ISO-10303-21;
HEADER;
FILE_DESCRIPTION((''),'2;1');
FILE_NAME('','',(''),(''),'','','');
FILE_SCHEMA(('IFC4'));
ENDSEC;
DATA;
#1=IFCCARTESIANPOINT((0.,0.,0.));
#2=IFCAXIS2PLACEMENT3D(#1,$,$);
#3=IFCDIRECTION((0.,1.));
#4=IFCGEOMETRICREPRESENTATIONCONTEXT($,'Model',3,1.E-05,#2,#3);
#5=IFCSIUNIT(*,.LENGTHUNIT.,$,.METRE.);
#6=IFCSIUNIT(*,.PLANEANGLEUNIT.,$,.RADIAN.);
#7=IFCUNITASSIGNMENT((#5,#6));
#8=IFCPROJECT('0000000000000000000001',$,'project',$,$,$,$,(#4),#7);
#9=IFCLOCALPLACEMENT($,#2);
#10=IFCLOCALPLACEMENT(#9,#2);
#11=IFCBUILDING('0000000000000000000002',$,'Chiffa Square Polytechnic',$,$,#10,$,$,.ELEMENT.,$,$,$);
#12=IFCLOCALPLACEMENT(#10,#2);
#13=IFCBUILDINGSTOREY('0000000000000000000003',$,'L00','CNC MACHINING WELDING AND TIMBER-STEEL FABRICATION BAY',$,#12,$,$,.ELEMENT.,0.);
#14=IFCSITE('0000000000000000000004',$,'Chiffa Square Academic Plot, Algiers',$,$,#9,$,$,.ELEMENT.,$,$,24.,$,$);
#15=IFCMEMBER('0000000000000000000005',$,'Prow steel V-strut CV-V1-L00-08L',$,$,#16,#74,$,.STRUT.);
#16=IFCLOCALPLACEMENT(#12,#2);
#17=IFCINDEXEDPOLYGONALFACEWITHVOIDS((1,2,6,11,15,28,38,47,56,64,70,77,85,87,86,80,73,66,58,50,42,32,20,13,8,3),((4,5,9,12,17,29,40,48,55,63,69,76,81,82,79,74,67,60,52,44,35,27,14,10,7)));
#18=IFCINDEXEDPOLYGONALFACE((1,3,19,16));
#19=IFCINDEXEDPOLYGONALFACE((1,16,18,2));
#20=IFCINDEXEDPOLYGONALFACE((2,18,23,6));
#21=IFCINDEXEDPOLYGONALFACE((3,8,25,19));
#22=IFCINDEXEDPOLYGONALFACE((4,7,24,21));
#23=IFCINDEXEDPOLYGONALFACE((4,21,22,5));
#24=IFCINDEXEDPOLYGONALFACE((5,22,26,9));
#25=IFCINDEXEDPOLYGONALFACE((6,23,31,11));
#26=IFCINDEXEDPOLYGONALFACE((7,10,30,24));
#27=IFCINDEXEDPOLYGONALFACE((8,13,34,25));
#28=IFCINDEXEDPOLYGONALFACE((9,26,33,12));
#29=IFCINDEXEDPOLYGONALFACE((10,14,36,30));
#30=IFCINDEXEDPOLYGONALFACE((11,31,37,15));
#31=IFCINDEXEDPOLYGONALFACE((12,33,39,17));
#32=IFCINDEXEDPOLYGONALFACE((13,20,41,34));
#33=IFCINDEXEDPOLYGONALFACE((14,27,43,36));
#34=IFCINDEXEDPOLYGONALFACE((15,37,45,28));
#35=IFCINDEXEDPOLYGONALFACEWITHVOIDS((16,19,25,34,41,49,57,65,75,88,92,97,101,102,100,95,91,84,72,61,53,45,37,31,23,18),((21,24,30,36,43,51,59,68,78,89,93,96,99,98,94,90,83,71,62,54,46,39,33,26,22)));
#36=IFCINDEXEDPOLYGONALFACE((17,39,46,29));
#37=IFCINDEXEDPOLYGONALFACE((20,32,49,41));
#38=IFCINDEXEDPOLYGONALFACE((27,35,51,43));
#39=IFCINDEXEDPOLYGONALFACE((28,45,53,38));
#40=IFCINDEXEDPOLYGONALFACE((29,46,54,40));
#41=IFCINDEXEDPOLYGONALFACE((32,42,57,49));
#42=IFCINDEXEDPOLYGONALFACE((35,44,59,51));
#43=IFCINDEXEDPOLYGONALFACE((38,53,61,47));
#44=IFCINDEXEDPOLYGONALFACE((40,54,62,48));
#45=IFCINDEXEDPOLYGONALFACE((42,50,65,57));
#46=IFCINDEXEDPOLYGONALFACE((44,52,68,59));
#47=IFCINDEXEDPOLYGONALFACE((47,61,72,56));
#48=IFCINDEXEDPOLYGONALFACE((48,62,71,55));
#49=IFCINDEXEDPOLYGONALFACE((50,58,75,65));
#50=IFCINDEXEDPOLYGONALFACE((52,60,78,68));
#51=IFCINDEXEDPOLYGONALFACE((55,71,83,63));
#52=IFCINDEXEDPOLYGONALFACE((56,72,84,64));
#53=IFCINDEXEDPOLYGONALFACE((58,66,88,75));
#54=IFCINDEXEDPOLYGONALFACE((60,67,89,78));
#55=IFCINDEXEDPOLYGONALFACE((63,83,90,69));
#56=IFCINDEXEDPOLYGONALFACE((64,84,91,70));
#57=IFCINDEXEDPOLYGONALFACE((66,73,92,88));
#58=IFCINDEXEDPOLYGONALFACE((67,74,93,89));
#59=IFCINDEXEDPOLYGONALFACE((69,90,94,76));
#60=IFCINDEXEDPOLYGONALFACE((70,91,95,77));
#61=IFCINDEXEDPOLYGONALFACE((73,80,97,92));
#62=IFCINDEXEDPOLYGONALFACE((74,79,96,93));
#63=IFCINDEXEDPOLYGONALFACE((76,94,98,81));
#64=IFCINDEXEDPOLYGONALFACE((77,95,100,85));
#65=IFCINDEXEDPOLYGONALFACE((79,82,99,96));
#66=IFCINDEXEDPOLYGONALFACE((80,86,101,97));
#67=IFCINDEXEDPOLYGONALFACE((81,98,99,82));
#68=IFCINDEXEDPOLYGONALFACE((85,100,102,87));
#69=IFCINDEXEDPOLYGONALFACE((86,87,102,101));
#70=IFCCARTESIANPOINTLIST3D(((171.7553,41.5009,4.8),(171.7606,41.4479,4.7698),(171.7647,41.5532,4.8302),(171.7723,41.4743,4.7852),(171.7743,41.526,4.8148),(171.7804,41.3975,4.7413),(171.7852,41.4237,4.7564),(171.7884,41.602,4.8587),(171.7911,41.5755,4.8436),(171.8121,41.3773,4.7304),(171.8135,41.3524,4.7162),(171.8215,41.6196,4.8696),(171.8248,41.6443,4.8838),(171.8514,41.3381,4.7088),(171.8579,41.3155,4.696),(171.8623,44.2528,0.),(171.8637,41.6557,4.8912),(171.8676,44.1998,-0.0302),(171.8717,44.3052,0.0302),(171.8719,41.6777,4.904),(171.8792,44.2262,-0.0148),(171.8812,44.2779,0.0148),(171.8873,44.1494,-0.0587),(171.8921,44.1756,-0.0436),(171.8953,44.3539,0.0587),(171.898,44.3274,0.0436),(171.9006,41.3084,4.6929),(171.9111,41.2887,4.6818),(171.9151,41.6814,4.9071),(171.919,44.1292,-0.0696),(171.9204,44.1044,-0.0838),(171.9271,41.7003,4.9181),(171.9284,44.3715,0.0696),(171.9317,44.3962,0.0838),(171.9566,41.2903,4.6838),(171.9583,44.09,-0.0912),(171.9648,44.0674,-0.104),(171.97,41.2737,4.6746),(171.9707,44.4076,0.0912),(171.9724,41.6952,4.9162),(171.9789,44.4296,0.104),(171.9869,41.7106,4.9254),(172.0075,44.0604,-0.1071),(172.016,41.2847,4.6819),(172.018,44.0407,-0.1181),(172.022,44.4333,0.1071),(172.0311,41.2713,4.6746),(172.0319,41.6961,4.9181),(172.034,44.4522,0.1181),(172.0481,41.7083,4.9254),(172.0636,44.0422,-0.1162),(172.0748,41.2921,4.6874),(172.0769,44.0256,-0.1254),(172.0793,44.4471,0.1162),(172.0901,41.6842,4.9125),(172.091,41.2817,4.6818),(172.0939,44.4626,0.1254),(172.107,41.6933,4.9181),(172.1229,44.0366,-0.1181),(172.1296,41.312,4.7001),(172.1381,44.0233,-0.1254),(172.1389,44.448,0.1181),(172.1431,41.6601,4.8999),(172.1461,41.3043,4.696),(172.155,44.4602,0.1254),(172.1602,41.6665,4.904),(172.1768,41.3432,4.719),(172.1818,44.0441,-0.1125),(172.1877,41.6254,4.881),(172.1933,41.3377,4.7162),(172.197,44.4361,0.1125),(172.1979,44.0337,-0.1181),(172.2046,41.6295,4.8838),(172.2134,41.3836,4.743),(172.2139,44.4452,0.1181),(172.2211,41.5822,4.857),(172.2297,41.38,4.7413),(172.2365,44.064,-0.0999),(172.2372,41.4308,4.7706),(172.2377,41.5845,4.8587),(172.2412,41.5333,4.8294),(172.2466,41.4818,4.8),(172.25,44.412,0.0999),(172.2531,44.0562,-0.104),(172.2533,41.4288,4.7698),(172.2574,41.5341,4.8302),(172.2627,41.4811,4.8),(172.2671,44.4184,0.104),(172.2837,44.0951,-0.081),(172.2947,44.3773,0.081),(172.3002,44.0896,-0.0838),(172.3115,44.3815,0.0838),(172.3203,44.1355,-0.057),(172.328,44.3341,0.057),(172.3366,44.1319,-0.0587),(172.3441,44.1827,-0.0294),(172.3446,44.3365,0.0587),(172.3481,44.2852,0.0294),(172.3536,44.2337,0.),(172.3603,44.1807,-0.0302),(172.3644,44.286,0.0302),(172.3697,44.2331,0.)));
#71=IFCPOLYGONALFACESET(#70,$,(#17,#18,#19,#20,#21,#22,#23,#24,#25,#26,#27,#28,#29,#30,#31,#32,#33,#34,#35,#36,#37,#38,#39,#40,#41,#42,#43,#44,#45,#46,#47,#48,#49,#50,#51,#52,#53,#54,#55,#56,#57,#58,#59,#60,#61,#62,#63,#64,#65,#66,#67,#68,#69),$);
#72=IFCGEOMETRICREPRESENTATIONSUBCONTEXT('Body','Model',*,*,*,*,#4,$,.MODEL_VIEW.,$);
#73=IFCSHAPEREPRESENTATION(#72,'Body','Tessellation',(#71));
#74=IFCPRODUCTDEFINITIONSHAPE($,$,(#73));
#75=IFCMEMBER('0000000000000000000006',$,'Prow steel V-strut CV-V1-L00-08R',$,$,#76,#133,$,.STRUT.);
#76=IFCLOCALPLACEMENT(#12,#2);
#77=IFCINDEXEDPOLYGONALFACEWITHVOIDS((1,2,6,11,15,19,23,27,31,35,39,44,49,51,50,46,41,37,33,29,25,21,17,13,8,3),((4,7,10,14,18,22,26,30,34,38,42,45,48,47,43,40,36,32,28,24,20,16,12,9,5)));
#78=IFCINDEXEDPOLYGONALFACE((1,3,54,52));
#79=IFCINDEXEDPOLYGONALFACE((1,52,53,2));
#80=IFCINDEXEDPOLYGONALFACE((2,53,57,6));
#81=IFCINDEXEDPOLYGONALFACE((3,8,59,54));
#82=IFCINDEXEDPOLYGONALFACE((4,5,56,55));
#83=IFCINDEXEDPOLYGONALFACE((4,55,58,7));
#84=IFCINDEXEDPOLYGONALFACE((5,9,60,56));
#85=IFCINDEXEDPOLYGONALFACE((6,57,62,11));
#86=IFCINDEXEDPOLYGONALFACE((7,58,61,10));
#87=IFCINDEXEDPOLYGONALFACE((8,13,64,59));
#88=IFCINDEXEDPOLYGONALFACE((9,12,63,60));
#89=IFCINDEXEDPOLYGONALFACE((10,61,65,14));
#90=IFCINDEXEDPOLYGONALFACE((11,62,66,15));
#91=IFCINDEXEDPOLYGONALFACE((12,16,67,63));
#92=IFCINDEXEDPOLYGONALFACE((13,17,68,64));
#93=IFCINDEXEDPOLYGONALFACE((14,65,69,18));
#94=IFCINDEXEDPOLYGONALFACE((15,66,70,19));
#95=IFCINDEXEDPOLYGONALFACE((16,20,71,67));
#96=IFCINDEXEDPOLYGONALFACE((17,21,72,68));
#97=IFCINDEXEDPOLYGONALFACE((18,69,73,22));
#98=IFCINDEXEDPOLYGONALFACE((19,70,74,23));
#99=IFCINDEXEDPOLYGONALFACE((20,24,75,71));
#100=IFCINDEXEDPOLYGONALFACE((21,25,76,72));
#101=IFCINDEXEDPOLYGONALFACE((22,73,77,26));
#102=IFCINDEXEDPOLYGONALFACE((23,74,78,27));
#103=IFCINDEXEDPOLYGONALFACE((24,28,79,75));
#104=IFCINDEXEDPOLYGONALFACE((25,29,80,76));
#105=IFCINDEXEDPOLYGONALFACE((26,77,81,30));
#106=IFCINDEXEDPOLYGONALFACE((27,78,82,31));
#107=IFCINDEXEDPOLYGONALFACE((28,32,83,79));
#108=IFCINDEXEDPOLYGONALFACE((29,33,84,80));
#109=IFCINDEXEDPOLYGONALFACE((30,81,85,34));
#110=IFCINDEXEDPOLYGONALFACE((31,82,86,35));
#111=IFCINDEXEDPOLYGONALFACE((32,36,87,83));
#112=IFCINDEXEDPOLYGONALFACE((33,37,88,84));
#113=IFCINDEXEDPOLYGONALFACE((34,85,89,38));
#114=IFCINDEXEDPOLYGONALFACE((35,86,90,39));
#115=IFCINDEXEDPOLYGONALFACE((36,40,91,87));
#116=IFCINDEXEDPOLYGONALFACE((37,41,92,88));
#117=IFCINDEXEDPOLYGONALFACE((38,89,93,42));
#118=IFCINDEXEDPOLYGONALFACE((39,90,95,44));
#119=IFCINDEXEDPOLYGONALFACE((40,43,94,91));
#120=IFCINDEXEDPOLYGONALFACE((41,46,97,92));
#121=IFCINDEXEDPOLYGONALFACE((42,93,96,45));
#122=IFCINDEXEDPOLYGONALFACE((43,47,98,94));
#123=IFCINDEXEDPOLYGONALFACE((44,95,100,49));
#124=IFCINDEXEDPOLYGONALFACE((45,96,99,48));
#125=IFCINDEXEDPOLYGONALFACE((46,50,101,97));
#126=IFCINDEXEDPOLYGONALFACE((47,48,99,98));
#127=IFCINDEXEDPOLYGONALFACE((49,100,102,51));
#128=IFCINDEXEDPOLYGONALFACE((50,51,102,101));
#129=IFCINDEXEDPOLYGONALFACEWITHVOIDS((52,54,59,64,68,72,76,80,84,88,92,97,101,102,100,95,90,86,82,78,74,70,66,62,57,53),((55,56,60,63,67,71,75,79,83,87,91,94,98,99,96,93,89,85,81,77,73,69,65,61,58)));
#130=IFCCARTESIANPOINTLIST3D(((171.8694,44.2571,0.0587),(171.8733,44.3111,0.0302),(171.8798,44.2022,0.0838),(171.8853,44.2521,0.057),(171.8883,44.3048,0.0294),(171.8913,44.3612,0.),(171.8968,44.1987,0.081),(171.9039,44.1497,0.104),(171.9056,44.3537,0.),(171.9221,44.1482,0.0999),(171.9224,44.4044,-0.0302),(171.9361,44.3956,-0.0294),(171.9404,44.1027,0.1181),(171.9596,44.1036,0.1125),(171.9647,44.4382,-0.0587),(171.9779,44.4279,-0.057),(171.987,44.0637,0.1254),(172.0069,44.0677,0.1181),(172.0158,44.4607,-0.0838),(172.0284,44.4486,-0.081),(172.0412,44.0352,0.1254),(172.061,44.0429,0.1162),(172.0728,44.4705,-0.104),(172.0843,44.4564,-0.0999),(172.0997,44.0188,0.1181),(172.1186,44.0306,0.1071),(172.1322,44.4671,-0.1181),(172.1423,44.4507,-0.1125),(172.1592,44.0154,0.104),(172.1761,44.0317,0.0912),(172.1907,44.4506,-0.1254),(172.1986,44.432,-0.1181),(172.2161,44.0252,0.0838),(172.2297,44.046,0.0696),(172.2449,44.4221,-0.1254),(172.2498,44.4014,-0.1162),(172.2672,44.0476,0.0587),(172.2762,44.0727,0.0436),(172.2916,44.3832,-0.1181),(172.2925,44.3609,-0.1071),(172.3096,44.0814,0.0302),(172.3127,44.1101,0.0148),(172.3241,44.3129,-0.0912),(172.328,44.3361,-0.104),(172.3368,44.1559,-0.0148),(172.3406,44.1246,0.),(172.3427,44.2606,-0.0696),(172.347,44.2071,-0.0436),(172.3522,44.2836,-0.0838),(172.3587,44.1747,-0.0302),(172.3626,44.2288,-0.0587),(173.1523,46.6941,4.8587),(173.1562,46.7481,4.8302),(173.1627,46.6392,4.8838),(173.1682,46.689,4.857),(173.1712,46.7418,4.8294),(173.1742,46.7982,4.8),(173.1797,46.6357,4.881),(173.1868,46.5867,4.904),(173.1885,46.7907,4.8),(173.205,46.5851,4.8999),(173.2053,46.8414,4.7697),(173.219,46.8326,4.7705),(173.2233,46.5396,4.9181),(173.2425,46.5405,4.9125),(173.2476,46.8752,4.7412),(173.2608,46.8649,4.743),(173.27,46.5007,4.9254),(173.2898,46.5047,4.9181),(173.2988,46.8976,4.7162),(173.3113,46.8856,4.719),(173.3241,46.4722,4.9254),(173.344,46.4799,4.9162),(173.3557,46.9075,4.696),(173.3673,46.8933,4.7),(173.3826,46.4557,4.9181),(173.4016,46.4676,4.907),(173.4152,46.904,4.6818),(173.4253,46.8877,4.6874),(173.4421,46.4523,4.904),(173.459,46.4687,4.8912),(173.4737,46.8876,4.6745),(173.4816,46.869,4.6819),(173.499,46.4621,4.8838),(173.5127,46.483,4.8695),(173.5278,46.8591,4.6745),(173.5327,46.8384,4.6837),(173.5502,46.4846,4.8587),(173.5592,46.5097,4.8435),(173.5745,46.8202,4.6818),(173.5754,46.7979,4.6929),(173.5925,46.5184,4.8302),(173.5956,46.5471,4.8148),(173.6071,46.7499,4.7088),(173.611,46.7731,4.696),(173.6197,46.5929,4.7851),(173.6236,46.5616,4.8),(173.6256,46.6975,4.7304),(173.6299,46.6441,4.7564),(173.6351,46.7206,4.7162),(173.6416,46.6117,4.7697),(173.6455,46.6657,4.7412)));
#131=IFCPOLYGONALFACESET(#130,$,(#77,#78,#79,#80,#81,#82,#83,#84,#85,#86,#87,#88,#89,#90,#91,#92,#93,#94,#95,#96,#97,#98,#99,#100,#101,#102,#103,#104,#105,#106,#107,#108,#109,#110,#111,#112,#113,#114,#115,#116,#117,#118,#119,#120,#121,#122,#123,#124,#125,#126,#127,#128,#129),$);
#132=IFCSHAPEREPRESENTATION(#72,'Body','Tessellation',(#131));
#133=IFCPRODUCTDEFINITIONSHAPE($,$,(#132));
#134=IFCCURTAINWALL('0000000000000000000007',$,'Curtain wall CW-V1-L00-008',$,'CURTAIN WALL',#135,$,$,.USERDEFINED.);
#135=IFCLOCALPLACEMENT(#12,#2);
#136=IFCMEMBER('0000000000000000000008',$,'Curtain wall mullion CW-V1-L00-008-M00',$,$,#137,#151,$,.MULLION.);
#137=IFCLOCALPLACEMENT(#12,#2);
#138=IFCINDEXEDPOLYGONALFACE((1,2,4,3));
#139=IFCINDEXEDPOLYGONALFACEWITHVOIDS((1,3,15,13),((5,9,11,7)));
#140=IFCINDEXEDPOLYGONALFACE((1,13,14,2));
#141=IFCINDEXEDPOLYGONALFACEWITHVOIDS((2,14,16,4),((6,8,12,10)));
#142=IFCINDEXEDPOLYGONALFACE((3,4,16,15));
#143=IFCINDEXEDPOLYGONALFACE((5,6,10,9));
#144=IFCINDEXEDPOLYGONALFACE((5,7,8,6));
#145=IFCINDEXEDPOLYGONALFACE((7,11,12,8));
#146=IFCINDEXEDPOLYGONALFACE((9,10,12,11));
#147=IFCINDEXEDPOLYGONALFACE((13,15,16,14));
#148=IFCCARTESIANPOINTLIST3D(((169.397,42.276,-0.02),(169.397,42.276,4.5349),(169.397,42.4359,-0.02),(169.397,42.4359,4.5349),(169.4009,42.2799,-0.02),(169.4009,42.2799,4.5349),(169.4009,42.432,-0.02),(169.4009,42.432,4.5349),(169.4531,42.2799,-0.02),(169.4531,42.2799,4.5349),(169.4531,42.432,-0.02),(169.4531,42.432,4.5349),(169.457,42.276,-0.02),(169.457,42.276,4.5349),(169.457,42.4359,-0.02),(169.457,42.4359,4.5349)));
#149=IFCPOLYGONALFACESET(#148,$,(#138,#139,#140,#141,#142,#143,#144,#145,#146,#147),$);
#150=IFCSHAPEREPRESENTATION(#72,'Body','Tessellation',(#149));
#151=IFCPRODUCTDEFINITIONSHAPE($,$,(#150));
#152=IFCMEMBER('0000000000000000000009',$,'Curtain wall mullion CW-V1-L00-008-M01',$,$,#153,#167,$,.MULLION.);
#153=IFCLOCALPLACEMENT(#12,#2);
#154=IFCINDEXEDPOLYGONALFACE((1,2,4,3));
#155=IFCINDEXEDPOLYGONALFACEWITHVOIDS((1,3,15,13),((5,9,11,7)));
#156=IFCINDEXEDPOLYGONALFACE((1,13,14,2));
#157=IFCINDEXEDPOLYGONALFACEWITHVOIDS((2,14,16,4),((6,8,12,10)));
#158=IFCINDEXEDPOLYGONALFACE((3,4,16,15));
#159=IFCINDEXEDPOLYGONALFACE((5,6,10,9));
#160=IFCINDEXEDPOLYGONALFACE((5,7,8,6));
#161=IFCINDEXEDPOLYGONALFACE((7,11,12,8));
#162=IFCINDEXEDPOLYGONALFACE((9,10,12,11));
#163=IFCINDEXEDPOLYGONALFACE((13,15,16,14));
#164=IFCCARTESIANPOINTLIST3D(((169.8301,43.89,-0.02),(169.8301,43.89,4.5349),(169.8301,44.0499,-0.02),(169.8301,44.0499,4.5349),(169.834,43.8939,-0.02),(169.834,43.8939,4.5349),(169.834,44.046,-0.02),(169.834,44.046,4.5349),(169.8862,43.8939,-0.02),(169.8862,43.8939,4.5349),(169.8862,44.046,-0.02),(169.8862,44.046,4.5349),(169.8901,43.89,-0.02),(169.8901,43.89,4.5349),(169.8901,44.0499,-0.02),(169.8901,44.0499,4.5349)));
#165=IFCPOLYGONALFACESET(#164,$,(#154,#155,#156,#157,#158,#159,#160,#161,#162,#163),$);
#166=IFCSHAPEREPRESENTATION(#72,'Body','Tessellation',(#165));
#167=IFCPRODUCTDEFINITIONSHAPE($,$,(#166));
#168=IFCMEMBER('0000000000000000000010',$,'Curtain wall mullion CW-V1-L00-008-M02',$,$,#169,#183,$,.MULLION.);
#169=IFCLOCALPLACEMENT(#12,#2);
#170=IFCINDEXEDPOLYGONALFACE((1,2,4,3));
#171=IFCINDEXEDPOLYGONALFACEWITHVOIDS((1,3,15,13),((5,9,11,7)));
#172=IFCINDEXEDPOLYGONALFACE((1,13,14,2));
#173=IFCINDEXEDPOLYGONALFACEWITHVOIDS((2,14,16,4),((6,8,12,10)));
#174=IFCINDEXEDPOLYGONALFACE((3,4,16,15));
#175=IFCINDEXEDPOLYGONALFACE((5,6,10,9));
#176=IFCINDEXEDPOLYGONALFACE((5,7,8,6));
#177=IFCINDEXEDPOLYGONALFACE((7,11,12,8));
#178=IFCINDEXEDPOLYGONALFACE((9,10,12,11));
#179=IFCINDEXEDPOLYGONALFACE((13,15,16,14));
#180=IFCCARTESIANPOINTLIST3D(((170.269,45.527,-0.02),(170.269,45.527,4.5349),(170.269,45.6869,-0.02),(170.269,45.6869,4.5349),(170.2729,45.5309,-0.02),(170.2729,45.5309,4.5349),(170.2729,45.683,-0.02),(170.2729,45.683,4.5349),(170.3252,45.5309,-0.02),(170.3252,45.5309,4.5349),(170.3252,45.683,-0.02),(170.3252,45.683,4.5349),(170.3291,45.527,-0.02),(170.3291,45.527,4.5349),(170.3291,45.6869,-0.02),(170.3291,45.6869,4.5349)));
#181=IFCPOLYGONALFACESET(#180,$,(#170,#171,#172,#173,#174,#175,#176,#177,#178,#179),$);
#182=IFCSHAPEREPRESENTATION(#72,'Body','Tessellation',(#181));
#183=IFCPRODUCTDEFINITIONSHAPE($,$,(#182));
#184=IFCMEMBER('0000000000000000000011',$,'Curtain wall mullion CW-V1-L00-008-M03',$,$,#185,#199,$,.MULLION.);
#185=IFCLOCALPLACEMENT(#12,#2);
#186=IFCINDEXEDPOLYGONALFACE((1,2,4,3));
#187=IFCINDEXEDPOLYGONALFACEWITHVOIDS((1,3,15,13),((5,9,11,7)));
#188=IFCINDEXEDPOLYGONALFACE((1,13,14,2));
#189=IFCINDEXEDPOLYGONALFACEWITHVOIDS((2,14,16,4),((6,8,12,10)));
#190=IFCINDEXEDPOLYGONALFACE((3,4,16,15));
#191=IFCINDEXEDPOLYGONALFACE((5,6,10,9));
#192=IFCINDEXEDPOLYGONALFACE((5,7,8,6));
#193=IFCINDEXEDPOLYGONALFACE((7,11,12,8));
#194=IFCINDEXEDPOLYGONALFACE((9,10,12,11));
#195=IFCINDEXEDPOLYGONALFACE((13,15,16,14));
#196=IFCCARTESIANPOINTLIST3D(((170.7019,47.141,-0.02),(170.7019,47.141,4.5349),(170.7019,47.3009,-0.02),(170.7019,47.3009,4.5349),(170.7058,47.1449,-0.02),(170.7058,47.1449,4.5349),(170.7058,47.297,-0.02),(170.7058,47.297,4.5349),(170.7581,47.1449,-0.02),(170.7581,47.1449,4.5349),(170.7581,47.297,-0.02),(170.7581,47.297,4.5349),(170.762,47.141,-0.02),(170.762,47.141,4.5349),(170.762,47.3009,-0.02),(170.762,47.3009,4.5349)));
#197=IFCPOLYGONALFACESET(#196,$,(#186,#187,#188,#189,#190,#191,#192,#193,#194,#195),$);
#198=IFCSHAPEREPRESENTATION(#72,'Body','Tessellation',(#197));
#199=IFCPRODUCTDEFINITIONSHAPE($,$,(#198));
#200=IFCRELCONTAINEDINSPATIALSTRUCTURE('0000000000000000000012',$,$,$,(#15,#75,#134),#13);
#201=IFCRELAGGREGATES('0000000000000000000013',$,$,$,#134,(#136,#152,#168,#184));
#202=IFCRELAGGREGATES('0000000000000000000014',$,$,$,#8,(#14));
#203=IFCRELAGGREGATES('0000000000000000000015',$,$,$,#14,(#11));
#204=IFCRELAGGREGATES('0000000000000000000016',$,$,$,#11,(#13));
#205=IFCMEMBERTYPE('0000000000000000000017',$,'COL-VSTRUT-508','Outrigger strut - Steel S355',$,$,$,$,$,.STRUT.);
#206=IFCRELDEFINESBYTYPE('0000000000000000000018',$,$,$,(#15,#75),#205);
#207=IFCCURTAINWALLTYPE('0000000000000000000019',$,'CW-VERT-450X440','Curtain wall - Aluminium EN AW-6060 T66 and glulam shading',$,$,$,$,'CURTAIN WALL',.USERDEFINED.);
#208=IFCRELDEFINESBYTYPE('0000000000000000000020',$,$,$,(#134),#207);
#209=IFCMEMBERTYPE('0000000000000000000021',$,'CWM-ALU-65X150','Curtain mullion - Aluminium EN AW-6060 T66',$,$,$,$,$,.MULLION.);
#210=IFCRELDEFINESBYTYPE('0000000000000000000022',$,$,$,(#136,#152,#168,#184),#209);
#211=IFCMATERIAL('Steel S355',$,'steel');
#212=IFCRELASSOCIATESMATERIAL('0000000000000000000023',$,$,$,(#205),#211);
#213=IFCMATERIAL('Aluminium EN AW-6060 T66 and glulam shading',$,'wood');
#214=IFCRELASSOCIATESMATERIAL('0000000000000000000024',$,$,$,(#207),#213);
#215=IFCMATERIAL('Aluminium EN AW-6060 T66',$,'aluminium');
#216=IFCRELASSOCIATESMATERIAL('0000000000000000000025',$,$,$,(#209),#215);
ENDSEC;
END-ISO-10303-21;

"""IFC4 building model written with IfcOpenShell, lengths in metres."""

from ifc_helpers import new_model, si_unit, direction, frame, origin, origin_2d, place, context, subcontext, project, spatial, hollow_rectangle, hollow_circle, extrude, material, material_profile, profile_set, type_object, element, aggregate, save


model = new_model("IFC4")

# Units and contexts
model_context = context("Model", 3, precision=1e-05, world=origin(), true_north=direction((0.0, 1.0)))
body_context = subcontext(model_context, "Body", "Model", "MODEL_VIEW")
ifc_project = project(units=[si_unit("LENGTHUNIT", "METRE"), si_unit("PLANEANGLEUNIT", "RADIAN")], contexts=[model_context])

# Site, building, storey
site_placement = place(None, origin())
site = spatial("IfcSite", under=ifc_project, at=site_placement, Name="Chiffa Square Academic Plot, Algiers", CompositionType="ELEMENT", RefElevation=24.0)
building_placement = place(site_placement, origin())
building = spatial("IfcBuilding", under=site, at=building_placement, Name="Chiffa Square Polytechnic", CompositionType="ELEMENT")
storey_placement = place(building_placement, origin())
storey = spatial("IfcBuildingStorey", under=building, at=storey_placement, Name="L00", Description="CNC MACHINING WELDING AND TIMBER-STEEL FABRICATION BAY", CompositionType="ELEMENT", Elevation=0.0)

# Members
ifc_material_1 = material(Name="Steel S355", Category="steel")
ifc_material_profile_1 = material_profile(ifc_material_1, hollow_circle(Radius=0.2539, WallThickness=0.0161, at=origin_2d()), Name="CHS 508x16")
ifc_profile_set_1 = profile_set([ifc_material_profile_1], Name="Steel S355")
member_type_1 = type_object("IfcMemberType", Name="COL-VSTRUT-508", Description="Outrigger strut - Steel S355", PredefinedType="STRUT", material=ifc_profile_set_1)
for number, where, z_axis, x_axis, name in (
    (1, (172.116, 44.2429, 0.0), (-0.019323, -0.497281, 0.867374), (0.999246, -0.038828, 0.0), "Prow steel V-strut CV-V1-L00-08L"),
    (2, (172.116, 44.2429, 0.0), (0.231831, 0.440368, 0.86737), (-0.88487, 0.465838, 0.0), "Prow steel V-strut CV-V1-L00-08R"),
):
    element("IfcMember", number, at=place(storey_placement, frame(where, z_axis=z_axis, x_axis=x_axis)), inside=storey, type_object=member_type_1, Name=name, PredefinedType="STRUT", context=body_context, shape_type="SweptSolid", body=[
        extrude(hollow_circle(Radius=0.2539, WallThickness=0.0161, at=origin_2d()), origin(), (0.0, 0.0, 1.0), 5.5339),
    ])

# Curtain wall, members
ifc_material_2 = material(Name="Aluminium EN AW-6060 T66 and glulam shading", Category="wood")
curtain_wall_type = type_object("IfcCurtainWallType", Name="CW-VERT-450X440", Description="Curtain wall - Aluminium EN AW-6060 T66 and glulam shading", ElementType="CURTAIN WALL", PredefinedType="USERDEFINED", material=ifc_material_2)
curtain_wall_placement = place(storey_placement, origin())
curtain_wall = element("IfcCurtainWall", 3, at=curtain_wall_placement, inside=storey, type_object=curtain_wall_type, Name="Curtain wall CW-V1-L00-008", ObjectType="CURTAIN WALL", PredefinedType="USERDEFINED")
ifc_material_3 = material(Name="Aluminium EN AW-6060 T66", Category="aluminium")
ifc_material_profile_2 = material_profile(ifc_material_3, hollow_rectangle(XDim=0.0601, YDim=0.1599, WallThickness=0.0039, at=origin_2d()), Name="ALU 60x160x4")
ifc_profile_set_2 = profile_set([ifc_material_profile_2], Name="Aluminium EN AW-6060 T66")
member_type_2 = type_object("IfcMemberType", Name="CWM-ALU-65X150", Description="Curtain mullion - Aluminium EN AW-6060 T66", PredefinedType="MULLION", material=ifc_profile_set_2)
member_1_placement = place(storey_placement, frame((169.427, 42.356, -0.02), z_axis=(0.0, 0.0, 1.0), x_axis=(1.0, 0.0, 0.0)))
member_1 = element("IfcMember", 4, at=member_1_placement, type_object=member_type_2, Name="Curtain wall mullion CW-V1-L00-008-M00", PredefinedType="MULLION", context=body_context, shape_type="SweptSolid", body=[
    extrude(hollow_rectangle(XDim=0.0601, YDim=0.1599, WallThickness=0.0039, at=origin_2d()), origin(), (0.0, 0.0, 1.0), 4.5549),
])
member_2_placement = place(storey_placement, frame((169.8601, 43.97, -0.02), z_axis=(0.0, 0.0, 1.0), x_axis=(1.0, 0.0, 0.0)))
member_2 = element("IfcMember", 5, at=member_2_placement, type_object=member_type_2, Name="Curtain wall mullion CW-V1-L00-008-M01", PredefinedType="MULLION", context=body_context, shape_type="SweptSolid", body=[
    extrude(hollow_rectangle(XDim=0.0601, YDim=0.1599, WallThickness=0.0039, at=origin_2d()), origin(), (0.0, 0.0, 1.0), 4.5549),
])
member_3_placement = place(storey_placement, frame((170.2991, 45.6069, -0.02), z_axis=(0.0, 0.0, 1.0), x_axis=(1.0, 0.0, 0.0)))
member_3 = element("IfcMember", 6, at=member_3_placement, type_object=member_type_2, Name="Curtain wall mullion CW-V1-L00-008-M02", PredefinedType="MULLION", context=body_context, shape_type="SweptSolid", body=[
    extrude(hollow_rectangle(XDim=0.0601, YDim=0.1599, WallThickness=0.0039, at=origin_2d()), origin(), (0.0, 0.0, 1.0), 4.5549),
])
member_4_placement = place(storey_placement, frame((170.7319, 47.2209, -0.02), z_axis=(0.0, 0.0, 1.0), x_axis=(1.0, 0.0, 0.0)))
member_4 = element("IfcMember", 7, at=member_4_placement, type_object=member_type_2, Name="Curtain wall mullion CW-V1-L00-008-M03", PredefinedType="MULLION", context=body_context, shape_type="SweptSolid", body=[
    extrude(hollow_rectangle(XDim=0.0601, YDim=0.1599, WallThickness=0.0039, at=origin_2d()), origin(), (0.0, 0.0, 1.0), 4.5549),
])
aggregate(curtain_wall, [member_1, member_2, member_3, member_4])

save(model, "model.ifc")
